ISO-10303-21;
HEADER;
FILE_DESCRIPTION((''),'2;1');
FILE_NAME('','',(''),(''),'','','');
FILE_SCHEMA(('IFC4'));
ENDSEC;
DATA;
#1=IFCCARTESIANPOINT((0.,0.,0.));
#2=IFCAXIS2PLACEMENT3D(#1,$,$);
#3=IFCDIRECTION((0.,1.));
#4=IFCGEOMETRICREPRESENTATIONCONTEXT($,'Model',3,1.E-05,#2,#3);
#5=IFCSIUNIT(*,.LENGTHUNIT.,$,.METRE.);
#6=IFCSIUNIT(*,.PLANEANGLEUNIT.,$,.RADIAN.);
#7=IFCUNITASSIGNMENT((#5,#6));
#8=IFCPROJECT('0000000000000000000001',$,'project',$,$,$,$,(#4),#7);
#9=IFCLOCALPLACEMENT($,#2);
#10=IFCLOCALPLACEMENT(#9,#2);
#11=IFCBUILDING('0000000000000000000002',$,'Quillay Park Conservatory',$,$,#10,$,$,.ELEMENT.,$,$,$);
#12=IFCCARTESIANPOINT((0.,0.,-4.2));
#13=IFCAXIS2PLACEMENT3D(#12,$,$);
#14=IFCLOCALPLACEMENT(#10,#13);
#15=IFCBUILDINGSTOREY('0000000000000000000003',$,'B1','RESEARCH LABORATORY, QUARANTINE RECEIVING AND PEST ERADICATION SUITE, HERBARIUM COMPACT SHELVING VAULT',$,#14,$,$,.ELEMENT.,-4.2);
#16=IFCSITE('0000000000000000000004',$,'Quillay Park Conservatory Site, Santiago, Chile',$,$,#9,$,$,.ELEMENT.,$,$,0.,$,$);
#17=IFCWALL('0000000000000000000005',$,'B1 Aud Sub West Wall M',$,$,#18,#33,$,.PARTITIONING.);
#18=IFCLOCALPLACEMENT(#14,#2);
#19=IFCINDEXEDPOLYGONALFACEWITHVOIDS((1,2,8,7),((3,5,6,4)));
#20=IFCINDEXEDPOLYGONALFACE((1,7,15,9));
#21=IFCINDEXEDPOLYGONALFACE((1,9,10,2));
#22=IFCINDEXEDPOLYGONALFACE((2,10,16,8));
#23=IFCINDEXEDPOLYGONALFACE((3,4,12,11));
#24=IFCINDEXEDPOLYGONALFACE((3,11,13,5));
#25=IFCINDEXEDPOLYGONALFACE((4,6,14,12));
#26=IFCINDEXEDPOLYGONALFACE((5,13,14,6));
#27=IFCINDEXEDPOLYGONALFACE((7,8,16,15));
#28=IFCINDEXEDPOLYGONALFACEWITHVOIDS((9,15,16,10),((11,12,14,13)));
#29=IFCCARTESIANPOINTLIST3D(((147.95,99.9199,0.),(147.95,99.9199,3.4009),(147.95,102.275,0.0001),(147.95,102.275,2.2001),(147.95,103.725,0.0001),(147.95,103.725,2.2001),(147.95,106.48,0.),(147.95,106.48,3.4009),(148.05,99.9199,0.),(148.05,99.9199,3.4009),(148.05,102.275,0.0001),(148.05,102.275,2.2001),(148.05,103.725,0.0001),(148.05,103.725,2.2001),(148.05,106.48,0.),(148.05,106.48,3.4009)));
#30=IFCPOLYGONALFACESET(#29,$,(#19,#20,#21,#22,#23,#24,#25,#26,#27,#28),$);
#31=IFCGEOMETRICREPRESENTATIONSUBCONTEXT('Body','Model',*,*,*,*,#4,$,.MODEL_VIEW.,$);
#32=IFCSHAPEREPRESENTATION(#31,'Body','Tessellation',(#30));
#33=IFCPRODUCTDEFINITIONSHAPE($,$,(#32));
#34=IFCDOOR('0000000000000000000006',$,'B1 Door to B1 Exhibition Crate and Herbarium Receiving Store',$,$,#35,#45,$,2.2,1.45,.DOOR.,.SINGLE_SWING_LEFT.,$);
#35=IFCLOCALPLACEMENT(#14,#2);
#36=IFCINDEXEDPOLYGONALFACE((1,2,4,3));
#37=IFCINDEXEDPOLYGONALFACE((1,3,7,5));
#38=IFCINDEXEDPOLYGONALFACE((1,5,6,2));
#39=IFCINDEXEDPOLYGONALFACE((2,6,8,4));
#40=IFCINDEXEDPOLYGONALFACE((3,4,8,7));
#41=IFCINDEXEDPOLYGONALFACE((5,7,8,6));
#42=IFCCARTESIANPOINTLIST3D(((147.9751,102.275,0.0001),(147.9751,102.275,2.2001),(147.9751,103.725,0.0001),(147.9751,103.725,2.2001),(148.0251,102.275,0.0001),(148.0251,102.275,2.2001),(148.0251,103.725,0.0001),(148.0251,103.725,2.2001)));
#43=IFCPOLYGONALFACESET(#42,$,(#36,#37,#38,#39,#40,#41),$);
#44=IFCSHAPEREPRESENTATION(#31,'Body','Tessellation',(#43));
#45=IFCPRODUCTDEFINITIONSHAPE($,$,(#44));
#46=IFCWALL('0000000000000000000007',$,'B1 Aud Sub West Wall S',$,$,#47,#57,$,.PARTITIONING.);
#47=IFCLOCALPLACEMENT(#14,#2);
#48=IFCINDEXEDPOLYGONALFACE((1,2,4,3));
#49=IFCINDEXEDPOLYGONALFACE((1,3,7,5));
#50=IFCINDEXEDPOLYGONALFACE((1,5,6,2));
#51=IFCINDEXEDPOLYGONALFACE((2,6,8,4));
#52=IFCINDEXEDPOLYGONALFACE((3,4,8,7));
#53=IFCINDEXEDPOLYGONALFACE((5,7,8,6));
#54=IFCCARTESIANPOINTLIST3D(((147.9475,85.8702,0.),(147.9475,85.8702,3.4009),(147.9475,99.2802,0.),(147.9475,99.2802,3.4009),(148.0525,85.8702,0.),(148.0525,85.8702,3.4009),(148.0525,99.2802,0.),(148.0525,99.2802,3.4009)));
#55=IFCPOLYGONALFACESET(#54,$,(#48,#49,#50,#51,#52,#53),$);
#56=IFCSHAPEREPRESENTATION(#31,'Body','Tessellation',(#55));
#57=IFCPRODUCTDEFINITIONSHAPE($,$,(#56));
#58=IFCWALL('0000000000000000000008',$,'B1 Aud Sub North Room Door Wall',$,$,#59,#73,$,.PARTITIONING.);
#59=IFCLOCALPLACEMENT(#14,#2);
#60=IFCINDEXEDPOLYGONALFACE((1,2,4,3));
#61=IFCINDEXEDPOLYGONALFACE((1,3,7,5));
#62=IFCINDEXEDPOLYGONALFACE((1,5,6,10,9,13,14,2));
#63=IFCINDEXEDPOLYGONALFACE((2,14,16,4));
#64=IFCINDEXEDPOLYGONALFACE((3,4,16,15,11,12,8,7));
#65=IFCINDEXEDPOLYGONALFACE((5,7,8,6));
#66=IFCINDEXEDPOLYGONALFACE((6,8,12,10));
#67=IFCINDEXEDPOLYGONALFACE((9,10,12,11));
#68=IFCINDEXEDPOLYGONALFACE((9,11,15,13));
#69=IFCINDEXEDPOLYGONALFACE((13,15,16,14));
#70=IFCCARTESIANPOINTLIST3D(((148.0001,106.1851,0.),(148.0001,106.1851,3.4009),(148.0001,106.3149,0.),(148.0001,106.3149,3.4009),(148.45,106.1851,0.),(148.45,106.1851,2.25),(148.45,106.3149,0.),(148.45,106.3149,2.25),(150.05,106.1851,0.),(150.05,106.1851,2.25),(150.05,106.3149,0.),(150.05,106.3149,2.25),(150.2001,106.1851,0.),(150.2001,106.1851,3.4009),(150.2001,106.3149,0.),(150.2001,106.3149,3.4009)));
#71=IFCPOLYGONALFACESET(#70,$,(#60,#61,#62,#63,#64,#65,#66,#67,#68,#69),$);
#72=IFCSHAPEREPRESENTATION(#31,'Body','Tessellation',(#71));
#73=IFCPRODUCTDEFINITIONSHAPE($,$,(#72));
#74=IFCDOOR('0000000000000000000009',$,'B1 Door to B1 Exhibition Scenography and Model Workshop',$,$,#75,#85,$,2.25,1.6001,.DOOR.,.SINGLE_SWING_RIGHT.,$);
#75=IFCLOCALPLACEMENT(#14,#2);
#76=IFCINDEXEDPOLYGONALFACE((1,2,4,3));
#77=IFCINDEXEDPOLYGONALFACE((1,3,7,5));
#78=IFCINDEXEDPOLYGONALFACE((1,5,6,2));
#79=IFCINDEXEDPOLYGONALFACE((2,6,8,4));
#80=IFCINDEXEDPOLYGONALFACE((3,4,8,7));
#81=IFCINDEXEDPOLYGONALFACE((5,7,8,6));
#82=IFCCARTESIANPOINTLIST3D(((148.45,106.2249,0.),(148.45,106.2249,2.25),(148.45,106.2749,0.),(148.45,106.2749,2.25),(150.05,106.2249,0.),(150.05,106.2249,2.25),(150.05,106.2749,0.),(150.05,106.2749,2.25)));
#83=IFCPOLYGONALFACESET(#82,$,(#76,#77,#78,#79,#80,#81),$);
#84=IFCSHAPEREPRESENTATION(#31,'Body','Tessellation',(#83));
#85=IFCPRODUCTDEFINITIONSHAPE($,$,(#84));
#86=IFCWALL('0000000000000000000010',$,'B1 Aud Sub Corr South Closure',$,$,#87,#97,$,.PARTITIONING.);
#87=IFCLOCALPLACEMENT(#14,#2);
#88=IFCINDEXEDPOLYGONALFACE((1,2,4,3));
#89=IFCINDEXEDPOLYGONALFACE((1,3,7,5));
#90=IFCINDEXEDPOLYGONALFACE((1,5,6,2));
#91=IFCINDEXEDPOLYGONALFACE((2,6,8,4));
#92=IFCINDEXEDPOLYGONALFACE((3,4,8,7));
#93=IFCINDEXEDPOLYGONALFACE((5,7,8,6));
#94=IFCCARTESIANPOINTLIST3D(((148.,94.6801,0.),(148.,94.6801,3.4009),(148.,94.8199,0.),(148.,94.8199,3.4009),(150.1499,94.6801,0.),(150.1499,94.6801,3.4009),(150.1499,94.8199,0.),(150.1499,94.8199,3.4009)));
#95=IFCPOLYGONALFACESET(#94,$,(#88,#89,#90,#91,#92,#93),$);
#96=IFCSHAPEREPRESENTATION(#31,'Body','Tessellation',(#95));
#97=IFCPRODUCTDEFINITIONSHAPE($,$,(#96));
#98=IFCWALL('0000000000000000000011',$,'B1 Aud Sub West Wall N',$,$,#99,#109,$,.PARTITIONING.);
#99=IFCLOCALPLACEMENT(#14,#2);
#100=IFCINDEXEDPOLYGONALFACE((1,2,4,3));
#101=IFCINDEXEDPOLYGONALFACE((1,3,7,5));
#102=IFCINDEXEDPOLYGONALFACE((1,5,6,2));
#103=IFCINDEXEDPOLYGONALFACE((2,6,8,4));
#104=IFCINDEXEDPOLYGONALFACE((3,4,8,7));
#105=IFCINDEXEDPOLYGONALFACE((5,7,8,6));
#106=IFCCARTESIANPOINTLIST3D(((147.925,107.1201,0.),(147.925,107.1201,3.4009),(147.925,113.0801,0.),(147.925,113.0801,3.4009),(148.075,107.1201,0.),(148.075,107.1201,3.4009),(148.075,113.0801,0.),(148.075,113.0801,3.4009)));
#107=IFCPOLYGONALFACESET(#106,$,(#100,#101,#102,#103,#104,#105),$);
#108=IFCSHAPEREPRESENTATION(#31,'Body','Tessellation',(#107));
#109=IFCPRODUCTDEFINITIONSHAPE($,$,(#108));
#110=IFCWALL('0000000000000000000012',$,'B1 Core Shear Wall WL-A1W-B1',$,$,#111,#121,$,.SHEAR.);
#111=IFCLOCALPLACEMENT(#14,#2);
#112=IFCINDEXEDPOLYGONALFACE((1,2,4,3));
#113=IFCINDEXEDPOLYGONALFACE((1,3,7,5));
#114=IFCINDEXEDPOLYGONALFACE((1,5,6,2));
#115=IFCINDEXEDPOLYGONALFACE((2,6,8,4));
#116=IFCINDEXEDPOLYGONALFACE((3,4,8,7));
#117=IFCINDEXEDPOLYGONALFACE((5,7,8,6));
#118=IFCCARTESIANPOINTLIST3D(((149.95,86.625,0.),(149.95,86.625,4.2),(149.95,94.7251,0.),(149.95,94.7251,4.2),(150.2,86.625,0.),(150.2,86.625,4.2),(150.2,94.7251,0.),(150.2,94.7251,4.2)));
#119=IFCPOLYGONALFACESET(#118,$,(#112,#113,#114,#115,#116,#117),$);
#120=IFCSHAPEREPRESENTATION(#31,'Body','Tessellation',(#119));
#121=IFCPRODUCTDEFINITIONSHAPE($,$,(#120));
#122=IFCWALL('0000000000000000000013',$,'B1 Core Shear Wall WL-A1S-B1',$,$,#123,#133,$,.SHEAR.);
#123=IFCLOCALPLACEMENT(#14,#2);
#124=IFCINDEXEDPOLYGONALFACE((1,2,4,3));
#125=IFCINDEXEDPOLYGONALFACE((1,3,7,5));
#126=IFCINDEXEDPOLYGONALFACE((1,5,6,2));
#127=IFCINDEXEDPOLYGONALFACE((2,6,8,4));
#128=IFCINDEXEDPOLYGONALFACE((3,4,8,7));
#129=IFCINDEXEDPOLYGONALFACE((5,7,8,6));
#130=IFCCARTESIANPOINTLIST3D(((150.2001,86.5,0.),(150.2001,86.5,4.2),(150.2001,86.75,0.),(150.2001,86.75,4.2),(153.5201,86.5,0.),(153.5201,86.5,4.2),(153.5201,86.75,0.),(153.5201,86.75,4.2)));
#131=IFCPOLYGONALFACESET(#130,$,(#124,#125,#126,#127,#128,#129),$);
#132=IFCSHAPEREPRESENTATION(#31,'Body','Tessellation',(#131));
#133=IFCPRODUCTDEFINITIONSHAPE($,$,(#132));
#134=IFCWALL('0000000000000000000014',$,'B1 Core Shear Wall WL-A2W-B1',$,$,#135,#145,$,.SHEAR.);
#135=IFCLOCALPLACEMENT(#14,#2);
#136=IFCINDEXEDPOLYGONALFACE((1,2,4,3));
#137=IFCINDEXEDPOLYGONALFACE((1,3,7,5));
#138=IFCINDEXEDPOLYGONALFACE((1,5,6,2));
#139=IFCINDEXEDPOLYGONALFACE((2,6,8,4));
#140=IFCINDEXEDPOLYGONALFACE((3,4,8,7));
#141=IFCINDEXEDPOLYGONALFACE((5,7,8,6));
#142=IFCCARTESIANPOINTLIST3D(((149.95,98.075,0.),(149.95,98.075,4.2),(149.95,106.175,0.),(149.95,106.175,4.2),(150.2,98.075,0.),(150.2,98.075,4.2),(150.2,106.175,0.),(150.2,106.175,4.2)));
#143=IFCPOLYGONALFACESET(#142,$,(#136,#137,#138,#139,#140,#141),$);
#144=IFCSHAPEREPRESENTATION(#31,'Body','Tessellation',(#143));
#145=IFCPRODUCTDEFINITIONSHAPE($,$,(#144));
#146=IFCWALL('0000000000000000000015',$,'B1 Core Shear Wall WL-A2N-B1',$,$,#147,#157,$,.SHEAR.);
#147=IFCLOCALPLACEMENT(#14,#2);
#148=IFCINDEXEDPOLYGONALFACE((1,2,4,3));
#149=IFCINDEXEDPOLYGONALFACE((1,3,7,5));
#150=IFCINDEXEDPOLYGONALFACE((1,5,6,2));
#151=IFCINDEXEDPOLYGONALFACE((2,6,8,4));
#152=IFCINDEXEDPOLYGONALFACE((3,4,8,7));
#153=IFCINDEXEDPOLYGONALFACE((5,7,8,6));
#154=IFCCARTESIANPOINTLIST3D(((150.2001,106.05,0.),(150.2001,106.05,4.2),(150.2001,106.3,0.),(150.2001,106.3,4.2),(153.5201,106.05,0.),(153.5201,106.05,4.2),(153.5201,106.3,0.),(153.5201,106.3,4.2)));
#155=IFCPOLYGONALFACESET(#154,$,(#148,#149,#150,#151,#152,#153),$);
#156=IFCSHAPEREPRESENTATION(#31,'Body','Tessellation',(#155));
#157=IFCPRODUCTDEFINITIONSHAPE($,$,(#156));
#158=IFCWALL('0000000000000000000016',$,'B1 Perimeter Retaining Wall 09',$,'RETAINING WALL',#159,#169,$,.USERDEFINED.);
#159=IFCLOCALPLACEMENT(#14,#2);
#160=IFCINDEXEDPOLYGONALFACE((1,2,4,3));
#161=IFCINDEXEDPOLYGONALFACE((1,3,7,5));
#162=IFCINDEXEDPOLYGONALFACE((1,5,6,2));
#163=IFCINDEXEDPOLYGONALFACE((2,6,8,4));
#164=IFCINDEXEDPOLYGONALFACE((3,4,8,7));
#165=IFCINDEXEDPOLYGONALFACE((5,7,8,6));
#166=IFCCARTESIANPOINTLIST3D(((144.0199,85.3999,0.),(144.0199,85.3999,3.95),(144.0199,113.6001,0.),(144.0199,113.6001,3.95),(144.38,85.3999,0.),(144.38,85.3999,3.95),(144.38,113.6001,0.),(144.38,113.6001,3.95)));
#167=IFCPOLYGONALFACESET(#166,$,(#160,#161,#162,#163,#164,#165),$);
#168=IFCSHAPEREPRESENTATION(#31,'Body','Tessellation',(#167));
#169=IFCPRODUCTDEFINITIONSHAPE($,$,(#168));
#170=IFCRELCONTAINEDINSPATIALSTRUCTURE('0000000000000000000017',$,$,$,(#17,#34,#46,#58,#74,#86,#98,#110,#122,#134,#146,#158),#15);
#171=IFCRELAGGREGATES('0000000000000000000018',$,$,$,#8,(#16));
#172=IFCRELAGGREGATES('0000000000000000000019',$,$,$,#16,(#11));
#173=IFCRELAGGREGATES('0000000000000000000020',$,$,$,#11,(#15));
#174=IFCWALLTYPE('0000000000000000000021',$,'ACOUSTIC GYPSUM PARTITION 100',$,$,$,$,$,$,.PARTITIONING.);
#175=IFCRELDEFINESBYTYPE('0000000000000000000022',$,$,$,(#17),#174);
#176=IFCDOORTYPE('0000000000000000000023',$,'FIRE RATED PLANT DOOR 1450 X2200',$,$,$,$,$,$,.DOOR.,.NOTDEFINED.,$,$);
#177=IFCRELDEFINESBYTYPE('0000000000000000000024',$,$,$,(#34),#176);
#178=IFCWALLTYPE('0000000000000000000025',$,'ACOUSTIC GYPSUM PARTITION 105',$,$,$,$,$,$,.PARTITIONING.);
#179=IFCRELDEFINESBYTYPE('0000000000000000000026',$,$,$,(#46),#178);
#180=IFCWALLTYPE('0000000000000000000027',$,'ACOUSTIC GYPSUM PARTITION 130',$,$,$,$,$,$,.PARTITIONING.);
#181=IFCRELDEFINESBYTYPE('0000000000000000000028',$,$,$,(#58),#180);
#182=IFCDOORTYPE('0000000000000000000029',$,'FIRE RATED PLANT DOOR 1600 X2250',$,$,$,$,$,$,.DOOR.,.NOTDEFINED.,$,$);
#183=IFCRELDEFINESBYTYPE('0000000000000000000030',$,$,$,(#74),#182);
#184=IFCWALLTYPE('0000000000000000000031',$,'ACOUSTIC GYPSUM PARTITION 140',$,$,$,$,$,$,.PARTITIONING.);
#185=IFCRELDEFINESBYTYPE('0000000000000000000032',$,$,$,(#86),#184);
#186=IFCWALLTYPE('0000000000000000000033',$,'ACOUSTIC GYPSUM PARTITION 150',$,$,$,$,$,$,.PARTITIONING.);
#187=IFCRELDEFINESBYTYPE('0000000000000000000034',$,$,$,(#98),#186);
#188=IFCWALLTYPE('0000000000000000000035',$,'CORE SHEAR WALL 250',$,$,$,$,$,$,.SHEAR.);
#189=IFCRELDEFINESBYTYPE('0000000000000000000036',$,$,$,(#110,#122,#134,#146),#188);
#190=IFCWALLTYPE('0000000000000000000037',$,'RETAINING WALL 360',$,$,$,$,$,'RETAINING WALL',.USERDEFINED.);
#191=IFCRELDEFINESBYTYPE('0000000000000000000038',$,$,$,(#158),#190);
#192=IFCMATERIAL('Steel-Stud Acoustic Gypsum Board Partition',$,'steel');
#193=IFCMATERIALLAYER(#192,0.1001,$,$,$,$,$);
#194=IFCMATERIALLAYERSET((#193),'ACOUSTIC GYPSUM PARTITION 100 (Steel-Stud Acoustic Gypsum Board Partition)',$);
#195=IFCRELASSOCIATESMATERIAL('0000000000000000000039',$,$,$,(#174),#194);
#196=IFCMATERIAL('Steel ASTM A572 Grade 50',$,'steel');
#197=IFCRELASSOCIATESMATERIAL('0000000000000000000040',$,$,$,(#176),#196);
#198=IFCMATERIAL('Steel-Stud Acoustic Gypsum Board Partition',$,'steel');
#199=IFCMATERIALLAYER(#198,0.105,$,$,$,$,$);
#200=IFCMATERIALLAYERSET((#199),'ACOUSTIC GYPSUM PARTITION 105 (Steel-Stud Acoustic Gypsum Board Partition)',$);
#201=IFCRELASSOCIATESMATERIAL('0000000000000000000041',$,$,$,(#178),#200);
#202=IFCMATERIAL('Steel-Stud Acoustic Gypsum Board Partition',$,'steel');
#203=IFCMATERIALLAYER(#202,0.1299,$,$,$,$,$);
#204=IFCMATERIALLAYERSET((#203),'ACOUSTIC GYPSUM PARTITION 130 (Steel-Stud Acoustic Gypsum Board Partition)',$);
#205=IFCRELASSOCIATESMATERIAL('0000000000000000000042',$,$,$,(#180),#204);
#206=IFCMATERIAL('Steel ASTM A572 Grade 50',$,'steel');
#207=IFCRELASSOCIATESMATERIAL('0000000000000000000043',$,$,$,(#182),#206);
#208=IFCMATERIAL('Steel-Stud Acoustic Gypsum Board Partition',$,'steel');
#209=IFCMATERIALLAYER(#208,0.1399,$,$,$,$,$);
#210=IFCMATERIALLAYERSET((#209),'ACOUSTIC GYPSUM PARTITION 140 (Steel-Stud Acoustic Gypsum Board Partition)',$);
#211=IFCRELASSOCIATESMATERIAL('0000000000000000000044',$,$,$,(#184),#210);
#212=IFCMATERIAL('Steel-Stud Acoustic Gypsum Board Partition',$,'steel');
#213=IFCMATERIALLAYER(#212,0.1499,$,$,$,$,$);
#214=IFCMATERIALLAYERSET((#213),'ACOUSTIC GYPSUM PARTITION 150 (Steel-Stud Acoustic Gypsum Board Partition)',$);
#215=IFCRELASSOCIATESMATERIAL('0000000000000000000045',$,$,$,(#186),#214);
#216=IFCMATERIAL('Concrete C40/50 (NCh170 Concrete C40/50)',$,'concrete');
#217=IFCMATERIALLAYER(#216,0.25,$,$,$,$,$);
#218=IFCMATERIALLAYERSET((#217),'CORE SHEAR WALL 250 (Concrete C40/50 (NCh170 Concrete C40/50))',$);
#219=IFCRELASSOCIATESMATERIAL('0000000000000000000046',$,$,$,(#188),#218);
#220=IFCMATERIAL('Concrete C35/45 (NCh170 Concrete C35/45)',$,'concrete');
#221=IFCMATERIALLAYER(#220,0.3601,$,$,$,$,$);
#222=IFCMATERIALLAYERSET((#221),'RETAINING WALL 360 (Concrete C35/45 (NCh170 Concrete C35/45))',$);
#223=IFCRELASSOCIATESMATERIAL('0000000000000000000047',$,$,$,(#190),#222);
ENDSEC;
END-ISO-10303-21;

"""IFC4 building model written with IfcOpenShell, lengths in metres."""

from ifc_helpers import new_model, si_unit, direction, frame, frame_2d, origin, place, context, subcontext, project, spatial, rectangle, extrude, material, layer, layer_set, type_object, element, fill, save


model = new_model("IFC4")

# Units and contexts
model_context = context("Model", 3, precision=1e-05, world=origin(), true_north=direction((0.0, 1.0)))
body_context = subcontext(model_context, "Body", "Model", "MODEL_VIEW")
ifc_project = project(units=[si_unit("LENGTHUNIT", "METRE"), si_unit("PLANEANGLEUNIT", "RADIAN")], contexts=[model_context])

# Site, building, storey
site_placement = place(None, origin())
site = spatial("IfcSite", under=ifc_project, at=site_placement, Name="Quillay Park Conservatory Site, Santiago, Chile", CompositionType="ELEMENT", RefElevation=0.0)
building_placement = place(site_placement, origin())
building = spatial("IfcBuilding", under=site, at=building_placement, Name="Quillay Park Conservatory", CompositionType="ELEMENT")
storey_placement = place(building_placement, frame((0.0, 0.0, -4.2)))
storey = spatial("IfcBuildingStorey", under=building, at=storey_placement, Name="B1", Description="RESEARCH LABORATORY, QUARANTINE RECEIVING AND PEST ERADICATION SUITE, HERBARIUM COMPACT SHELVING VAULT", CompositionType="ELEMENT", Elevation=-4.2)

# Wall, opening, door
ifc_material_1 = material(Name="Steel-Stud Acoustic Gypsum Board Partition", Category="steel")
ifc_layer_1 = layer(ifc_material_1, 0.1001)
ifc_layer_set_1 = layer_set([ifc_layer_1], Name="ACOUSTIC GYPSUM PARTITION 100 (Steel-Stud Acoustic Gypsum Board Partition)")
wall_type_1 = type_object("IfcWallType", Name="ACOUSTIC GYPSUM PARTITION 100", PredefinedType="PARTITIONING", material=ifc_layer_set_1)
wall_1_placement = place(storey_placement, frame((148.0, 99.9199, 0.0), z_axis=(0.0, 0.0, 1.0), x_axis=(0.0, 1.0, 0.0)))
wall_1 = element("IfcWall", 1, at=wall_1_placement, inside=storey, type_object=wall_type_1, Name="B1 Aud Sub West Wall M", PredefinedType="PARTITIONING", context=body_context, shape_type="SweptSolid", body=[
    extrude(rectangle(XDim=6.5601, YDim=0.1001, at=frame_2d((3.28, 0.0))), origin(), (0.0, 0.0, 1.0), 3.4009),
])
opening_1_placement = place(wall_1_placement, frame((2.355, 0.0, 0.0)))
opening_1 = element("IfcOpeningElement", 2, at=opening_1_placement, cuts=wall_1, PredefinedType="OPENING", context=body_context, shape_type="SweptSolid", body=[
    extrude(rectangle(XDim=1.45, YDim=2.2, at=frame_2d((0.7251, 1.1001))), frame((0.0, 0.05, 0.0), z_axis=(0.0, -1.0, 0.0), x_axis=(1.0, 0.0, 0.0)), (0.0, 0.0, 1.0), 0.1001),
])
ifc_material_2 = material(Name="Steel ASTM A572 Grade 50", Category="steel")
door_type_1 = type_object("IfcDoorType", Name="FIRE RATED PLANT DOOR 1450 X2200", OperationType="NOTDEFINED", PredefinedType="DOOR", material=ifc_material_2)
door_1_placement = place(opening_1_placement, origin())
door_1 = element("IfcDoor", 3, at=door_1_placement, inside=storey, type_object=door_type_1, Name="B1 Door to B1 Exhibition Crate and Herbarium Receiving Store", OperationType="SINGLE_SWING_LEFT", OverallHeight=2.2, OverallWidth=1.45, PredefinedType="DOOR", context=body_context, shape_type="SweptSolid", body=[
    extrude(rectangle(XDim=1.45, YDim=2.2, at=frame_2d((0.7251, 1.1001))), frame((0.0, 0.0249, 0.0), z_axis=(0.0, -1.0, 0.0), x_axis=(1.0, 0.0, 0.0)), (0.0, 0.0, 1.0), 0.05),
])
fill(opening_1, door_1)

# Wall
ifc_material_3 = material(Name="Steel-Stud Acoustic Gypsum Board Partition", Category="steel")
ifc_layer_2 = layer(ifc_material_3, 0.105)
ifc_layer_set_2 = layer_set([ifc_layer_2], Name="ACOUSTIC GYPSUM PARTITION 105 (Steel-Stud Acoustic Gypsum Board Partition)")
wall_type_2 = type_object("IfcWallType", Name="ACOUSTIC GYPSUM PARTITION 105", PredefinedType="PARTITIONING", material=ifc_layer_set_2)
wall_2_placement = place(storey_placement, frame((148.0, 85.8701, 0.0), z_axis=(0.0, 0.0, 1.0), x_axis=(0.0, 1.0, 0.0)))
element("IfcWall", 4, at=wall_2_placement, inside=storey, type_object=wall_type_2, Name="B1 Aud Sub West Wall S", PredefinedType="PARTITIONING", context=body_context, shape_type="SweptSolid", body=[
    extrude(rectangle(XDim=13.4099, YDim=0.105, at=frame_2d((6.7051, 0.0))), origin(), (0.0, 0.0, 1.0), 3.4009),
])

# Wall, opening, door
ifc_material_4 = material(Name="Steel-Stud Acoustic Gypsum Board Partition", Category="steel")
ifc_layer_3 = layer(ifc_material_4, 0.1299)
ifc_layer_set_3 = layer_set([ifc_layer_3], Name="ACOUSTIC GYPSUM PARTITION 130 (Steel-Stud Acoustic Gypsum Board Partition)")
wall_type_3 = type_object("IfcWallType", Name="ACOUSTIC GYPSUM PARTITION 130", PredefinedType="PARTITIONING", material=ifc_layer_set_3)
wall_3_placement = place(storey_placement, frame((148.0, 106.25, 0.0), z_axis=(0.0, 0.0, 1.0), x_axis=(1.0, 0.0, 0.0)))
wall_3 = element("IfcWall", 5, at=wall_3_placement, inside=storey, type_object=wall_type_3, Name="B1 Aud Sub North Room Door Wall", PredefinedType="PARTITIONING", context=body_context, shape_type="SweptSolid", body=[
    extrude(rectangle(XDim=2.2, YDim=0.1299, at=frame_2d((1.1001, 0.0))), origin(), (0.0, 0.0, 1.0), 3.4009),
])
opening_2_placement = place(wall_3_placement, frame((0.45, 0.0, 0.0)))
opening_2 = element("IfcOpeningElement", 6, at=opening_2_placement, cuts=wall_3, PredefinedType="OPENING", context=body_context, shape_type="SweptSolid", body=[
    extrude(rectangle(XDim=1.6001, YDim=2.25, at=frame_2d((0.8, 1.125))), frame((0.0, 0.0649, 0.0), z_axis=(0.0, -1.0, 0.0), x_axis=(1.0, 0.0, 0.0)), (0.0, 0.0, 1.0), 0.1299),
])
ifc_material_5 = material(Name="Steel ASTM A572 Grade 50", Category="steel")
door_type_2 = type_object("IfcDoorType", Name="FIRE RATED PLANT DOOR 1600 X2250", OperationType="NOTDEFINED", PredefinedType="DOOR", material=ifc_material_5)
door_2_placement = place(opening_2_placement, origin())
door_2 = element("IfcDoor", 7, at=door_2_placement, inside=storey, type_object=door_type_2, Name="B1 Door to B1 Exhibition Scenography and Model Workshop", OperationType="SINGLE_SWING_RIGHT", OverallHeight=2.25, OverallWidth=1.6001, PredefinedType="DOOR", context=body_context, shape_type="SweptSolid", body=[
    extrude(rectangle(XDim=1.6001, YDim=2.25, at=frame_2d((0.8, 1.125))), frame((0.0, 0.0249, 0.0), z_axis=(0.0, -1.0, 0.0), x_axis=(1.0, 0.0, 0.0)), (0.0, 0.0, 1.0), 0.05),
])
fill(opening_2, door_2)

# Walls
ifc_material_6 = material(Name="Steel-Stud Acoustic Gypsum Board Partition", Category="steel")
ifc_layer_4 = layer(ifc_material_6, 0.1399)
ifc_layer_set_4 = layer_set([ifc_layer_4], Name="ACOUSTIC GYPSUM PARTITION 140 (Steel-Stud Acoustic Gypsum Board Partition)")
wall_type_4 = type_object("IfcWallType", Name="ACOUSTIC GYPSUM PARTITION 140", PredefinedType="PARTITIONING", material=ifc_layer_set_4)
wall_4_placement = place(storey_placement, frame((148.0, 94.75, 0.0), z_axis=(0.0, 0.0, 1.0), x_axis=(1.0, 0.0, 0.0)))
element("IfcWall", 8, at=wall_4_placement, inside=storey, type_object=wall_type_4, Name="B1 Aud Sub Corr South Closure", PredefinedType="PARTITIONING", context=body_context, shape_type="SweptSolid", body=[
    extrude(rectangle(XDim=2.1499, YDim=0.1399, at=frame_2d((1.075, 0.0))), origin(), (0.0, 0.0, 1.0), 3.4009),
])
ifc_material_7 = material(Name="Steel-Stud Acoustic Gypsum Board Partition", Category="steel")
ifc_layer_5 = layer(ifc_material_7, 0.1499)
ifc_layer_set_5 = layer_set([ifc_layer_5], Name="ACOUSTIC GYPSUM PARTITION 150 (Steel-Stud Acoustic Gypsum Board Partition)")
wall_type_5 = type_object("IfcWallType", Name="ACOUSTIC GYPSUM PARTITION 150", PredefinedType="PARTITIONING", material=ifc_layer_set_5)
wall_5_placement = place(storey_placement, frame((148.0, 107.1201, 0.0), z_axis=(0.0, 0.0, 1.0), x_axis=(0.0, 1.0, 0.0)))
element("IfcWall", 9, at=wall_5_placement, inside=storey, type_object=wall_type_5, Name="B1 Aud Sub West Wall N", PredefinedType="PARTITIONING", context=body_context, shape_type="SweptSolid", body=[
    extrude(rectangle(XDim=5.96, YDim=0.1499, at=frame_2d((2.98, 0.0))), origin(), (0.0, 0.0, 1.0), 3.4009),
])
ifc_material_8 = material(Name="Concrete C40/50 (NCh170 Concrete C40/50)", Category="concrete")
ifc_layer_6 = layer(ifc_material_8, 0.25)
ifc_layer_set_6 = layer_set([ifc_layer_6], Name="CORE SHEAR WALL 250 (Concrete C40/50 (NCh170 Concrete C40/50))")
wall_type_6 = type_object("IfcWallType", Name="CORE SHEAR WALL 250", PredefinedType="SHEAR", material=ifc_layer_set_6)
wall_6_placement = place(storey_placement, frame((150.075, 86.625, 0.0), z_axis=(0.0, 0.0, 1.0), x_axis=(0.0, 1.0, 0.0)))
element("IfcWall", 10, at=wall_6_placement, inside=storey, type_object=wall_type_6, Name="B1 Core Shear Wall WL-A1W-B1", PredefinedType="SHEAR", context=body_context, shape_type="SweptSolid", body=[
    extrude(rectangle(XDim=8.1001, YDim=0.25, at=frame_2d((4.05, 0.0))), origin(), (0.0, 0.0, 1.0), 4.2),
])
wall_7_placement = place(storey_placement, frame((150.2, 86.625, 0.0), z_axis=(0.0, 0.0, 1.0), x_axis=(1.0, 0.0, 0.0)))
element("IfcWall", 11, at=wall_7_placement, inside=storey, type_object=wall_type_6, Name="B1 Core Shear Wall WL-A1S-B1", PredefinedType="SHEAR", context=body_context, shape_type="SweptSolid", body=[
    extrude(rectangle(XDim=3.3201, YDim=0.25, at=frame_2d((1.6602, 0.0))), origin(), (0.0, 0.0, 1.0), 4.2),
])

# Walls
wall_8_placement = place(storey_placement, frame((150.075, 98.075, 0.0), z_axis=(0.0, 0.0, 1.0), x_axis=(0.0, 1.0, 0.0)))
element("IfcWall", 12, at=wall_8_placement, inside=storey, type_object=wall_type_6, Name="B1 Core Shear Wall WL-A2W-B1", PredefinedType="SHEAR", context=body_context, shape_type="SweptSolid", body=[
    extrude(rectangle(XDim=8.1001, YDim=0.25, at=frame_2d((4.05, 0.0))), origin(), (0.0, 0.0, 1.0), 4.2),
])
wall_9_placement = place(storey_placement, frame((150.2, 106.175, 0.0), z_axis=(0.0, 0.0, 1.0), x_axis=(1.0, 0.0, 0.0)))
element("IfcWall", 13, at=wall_9_placement, inside=storey, type_object=wall_type_6, Name="B1 Core Shear Wall WL-A2N-B1", PredefinedType="SHEAR", context=body_context, shape_type="SweptSolid", body=[
    extrude(rectangle(XDim=3.3201, YDim=0.25, at=frame_2d((1.6602, 0.0))), origin(), (0.0, 0.0, 1.0), 4.2),
])
ifc_material_9 = material(Name="Concrete C35/45 (NCh170 Concrete C35/45)", Category="concrete")
ifc_layer_7 = layer(ifc_material_9, 0.3601)
ifc_layer_set_7 = layer_set([ifc_layer_7], Name="RETAINING WALL 360 (Concrete C35/45 (NCh170 Concrete C35/45))")
wall_type_7 = type_object("IfcWallType", Name="RETAINING WALL 360", ElementType="RETAINING WALL", PredefinedType="USERDEFINED", material=ifc_layer_set_7)
wall_10_placement = place(storey_placement, frame((144.2, 85.3999, 0.0), z_axis=(0.0, 0.0, 1.0), x_axis=(0.0, 1.0, 0.0)))
element("IfcWall", 14, at=wall_10_placement, inside=storey, type_object=wall_type_7, Name="B1 Perimeter Retaining Wall 09", ObjectType="RETAINING WALL", PredefinedType="USERDEFINED", context=body_context, shape_type="SweptSolid", body=[
    extrude(rectangle(XDim=28.2002, YDim=0.3601, at=frame_2d((14.1001, 0.0))), origin(), (0.0, 0.0, 1.0), 3.95),
])

save(model, "model.ifc")
